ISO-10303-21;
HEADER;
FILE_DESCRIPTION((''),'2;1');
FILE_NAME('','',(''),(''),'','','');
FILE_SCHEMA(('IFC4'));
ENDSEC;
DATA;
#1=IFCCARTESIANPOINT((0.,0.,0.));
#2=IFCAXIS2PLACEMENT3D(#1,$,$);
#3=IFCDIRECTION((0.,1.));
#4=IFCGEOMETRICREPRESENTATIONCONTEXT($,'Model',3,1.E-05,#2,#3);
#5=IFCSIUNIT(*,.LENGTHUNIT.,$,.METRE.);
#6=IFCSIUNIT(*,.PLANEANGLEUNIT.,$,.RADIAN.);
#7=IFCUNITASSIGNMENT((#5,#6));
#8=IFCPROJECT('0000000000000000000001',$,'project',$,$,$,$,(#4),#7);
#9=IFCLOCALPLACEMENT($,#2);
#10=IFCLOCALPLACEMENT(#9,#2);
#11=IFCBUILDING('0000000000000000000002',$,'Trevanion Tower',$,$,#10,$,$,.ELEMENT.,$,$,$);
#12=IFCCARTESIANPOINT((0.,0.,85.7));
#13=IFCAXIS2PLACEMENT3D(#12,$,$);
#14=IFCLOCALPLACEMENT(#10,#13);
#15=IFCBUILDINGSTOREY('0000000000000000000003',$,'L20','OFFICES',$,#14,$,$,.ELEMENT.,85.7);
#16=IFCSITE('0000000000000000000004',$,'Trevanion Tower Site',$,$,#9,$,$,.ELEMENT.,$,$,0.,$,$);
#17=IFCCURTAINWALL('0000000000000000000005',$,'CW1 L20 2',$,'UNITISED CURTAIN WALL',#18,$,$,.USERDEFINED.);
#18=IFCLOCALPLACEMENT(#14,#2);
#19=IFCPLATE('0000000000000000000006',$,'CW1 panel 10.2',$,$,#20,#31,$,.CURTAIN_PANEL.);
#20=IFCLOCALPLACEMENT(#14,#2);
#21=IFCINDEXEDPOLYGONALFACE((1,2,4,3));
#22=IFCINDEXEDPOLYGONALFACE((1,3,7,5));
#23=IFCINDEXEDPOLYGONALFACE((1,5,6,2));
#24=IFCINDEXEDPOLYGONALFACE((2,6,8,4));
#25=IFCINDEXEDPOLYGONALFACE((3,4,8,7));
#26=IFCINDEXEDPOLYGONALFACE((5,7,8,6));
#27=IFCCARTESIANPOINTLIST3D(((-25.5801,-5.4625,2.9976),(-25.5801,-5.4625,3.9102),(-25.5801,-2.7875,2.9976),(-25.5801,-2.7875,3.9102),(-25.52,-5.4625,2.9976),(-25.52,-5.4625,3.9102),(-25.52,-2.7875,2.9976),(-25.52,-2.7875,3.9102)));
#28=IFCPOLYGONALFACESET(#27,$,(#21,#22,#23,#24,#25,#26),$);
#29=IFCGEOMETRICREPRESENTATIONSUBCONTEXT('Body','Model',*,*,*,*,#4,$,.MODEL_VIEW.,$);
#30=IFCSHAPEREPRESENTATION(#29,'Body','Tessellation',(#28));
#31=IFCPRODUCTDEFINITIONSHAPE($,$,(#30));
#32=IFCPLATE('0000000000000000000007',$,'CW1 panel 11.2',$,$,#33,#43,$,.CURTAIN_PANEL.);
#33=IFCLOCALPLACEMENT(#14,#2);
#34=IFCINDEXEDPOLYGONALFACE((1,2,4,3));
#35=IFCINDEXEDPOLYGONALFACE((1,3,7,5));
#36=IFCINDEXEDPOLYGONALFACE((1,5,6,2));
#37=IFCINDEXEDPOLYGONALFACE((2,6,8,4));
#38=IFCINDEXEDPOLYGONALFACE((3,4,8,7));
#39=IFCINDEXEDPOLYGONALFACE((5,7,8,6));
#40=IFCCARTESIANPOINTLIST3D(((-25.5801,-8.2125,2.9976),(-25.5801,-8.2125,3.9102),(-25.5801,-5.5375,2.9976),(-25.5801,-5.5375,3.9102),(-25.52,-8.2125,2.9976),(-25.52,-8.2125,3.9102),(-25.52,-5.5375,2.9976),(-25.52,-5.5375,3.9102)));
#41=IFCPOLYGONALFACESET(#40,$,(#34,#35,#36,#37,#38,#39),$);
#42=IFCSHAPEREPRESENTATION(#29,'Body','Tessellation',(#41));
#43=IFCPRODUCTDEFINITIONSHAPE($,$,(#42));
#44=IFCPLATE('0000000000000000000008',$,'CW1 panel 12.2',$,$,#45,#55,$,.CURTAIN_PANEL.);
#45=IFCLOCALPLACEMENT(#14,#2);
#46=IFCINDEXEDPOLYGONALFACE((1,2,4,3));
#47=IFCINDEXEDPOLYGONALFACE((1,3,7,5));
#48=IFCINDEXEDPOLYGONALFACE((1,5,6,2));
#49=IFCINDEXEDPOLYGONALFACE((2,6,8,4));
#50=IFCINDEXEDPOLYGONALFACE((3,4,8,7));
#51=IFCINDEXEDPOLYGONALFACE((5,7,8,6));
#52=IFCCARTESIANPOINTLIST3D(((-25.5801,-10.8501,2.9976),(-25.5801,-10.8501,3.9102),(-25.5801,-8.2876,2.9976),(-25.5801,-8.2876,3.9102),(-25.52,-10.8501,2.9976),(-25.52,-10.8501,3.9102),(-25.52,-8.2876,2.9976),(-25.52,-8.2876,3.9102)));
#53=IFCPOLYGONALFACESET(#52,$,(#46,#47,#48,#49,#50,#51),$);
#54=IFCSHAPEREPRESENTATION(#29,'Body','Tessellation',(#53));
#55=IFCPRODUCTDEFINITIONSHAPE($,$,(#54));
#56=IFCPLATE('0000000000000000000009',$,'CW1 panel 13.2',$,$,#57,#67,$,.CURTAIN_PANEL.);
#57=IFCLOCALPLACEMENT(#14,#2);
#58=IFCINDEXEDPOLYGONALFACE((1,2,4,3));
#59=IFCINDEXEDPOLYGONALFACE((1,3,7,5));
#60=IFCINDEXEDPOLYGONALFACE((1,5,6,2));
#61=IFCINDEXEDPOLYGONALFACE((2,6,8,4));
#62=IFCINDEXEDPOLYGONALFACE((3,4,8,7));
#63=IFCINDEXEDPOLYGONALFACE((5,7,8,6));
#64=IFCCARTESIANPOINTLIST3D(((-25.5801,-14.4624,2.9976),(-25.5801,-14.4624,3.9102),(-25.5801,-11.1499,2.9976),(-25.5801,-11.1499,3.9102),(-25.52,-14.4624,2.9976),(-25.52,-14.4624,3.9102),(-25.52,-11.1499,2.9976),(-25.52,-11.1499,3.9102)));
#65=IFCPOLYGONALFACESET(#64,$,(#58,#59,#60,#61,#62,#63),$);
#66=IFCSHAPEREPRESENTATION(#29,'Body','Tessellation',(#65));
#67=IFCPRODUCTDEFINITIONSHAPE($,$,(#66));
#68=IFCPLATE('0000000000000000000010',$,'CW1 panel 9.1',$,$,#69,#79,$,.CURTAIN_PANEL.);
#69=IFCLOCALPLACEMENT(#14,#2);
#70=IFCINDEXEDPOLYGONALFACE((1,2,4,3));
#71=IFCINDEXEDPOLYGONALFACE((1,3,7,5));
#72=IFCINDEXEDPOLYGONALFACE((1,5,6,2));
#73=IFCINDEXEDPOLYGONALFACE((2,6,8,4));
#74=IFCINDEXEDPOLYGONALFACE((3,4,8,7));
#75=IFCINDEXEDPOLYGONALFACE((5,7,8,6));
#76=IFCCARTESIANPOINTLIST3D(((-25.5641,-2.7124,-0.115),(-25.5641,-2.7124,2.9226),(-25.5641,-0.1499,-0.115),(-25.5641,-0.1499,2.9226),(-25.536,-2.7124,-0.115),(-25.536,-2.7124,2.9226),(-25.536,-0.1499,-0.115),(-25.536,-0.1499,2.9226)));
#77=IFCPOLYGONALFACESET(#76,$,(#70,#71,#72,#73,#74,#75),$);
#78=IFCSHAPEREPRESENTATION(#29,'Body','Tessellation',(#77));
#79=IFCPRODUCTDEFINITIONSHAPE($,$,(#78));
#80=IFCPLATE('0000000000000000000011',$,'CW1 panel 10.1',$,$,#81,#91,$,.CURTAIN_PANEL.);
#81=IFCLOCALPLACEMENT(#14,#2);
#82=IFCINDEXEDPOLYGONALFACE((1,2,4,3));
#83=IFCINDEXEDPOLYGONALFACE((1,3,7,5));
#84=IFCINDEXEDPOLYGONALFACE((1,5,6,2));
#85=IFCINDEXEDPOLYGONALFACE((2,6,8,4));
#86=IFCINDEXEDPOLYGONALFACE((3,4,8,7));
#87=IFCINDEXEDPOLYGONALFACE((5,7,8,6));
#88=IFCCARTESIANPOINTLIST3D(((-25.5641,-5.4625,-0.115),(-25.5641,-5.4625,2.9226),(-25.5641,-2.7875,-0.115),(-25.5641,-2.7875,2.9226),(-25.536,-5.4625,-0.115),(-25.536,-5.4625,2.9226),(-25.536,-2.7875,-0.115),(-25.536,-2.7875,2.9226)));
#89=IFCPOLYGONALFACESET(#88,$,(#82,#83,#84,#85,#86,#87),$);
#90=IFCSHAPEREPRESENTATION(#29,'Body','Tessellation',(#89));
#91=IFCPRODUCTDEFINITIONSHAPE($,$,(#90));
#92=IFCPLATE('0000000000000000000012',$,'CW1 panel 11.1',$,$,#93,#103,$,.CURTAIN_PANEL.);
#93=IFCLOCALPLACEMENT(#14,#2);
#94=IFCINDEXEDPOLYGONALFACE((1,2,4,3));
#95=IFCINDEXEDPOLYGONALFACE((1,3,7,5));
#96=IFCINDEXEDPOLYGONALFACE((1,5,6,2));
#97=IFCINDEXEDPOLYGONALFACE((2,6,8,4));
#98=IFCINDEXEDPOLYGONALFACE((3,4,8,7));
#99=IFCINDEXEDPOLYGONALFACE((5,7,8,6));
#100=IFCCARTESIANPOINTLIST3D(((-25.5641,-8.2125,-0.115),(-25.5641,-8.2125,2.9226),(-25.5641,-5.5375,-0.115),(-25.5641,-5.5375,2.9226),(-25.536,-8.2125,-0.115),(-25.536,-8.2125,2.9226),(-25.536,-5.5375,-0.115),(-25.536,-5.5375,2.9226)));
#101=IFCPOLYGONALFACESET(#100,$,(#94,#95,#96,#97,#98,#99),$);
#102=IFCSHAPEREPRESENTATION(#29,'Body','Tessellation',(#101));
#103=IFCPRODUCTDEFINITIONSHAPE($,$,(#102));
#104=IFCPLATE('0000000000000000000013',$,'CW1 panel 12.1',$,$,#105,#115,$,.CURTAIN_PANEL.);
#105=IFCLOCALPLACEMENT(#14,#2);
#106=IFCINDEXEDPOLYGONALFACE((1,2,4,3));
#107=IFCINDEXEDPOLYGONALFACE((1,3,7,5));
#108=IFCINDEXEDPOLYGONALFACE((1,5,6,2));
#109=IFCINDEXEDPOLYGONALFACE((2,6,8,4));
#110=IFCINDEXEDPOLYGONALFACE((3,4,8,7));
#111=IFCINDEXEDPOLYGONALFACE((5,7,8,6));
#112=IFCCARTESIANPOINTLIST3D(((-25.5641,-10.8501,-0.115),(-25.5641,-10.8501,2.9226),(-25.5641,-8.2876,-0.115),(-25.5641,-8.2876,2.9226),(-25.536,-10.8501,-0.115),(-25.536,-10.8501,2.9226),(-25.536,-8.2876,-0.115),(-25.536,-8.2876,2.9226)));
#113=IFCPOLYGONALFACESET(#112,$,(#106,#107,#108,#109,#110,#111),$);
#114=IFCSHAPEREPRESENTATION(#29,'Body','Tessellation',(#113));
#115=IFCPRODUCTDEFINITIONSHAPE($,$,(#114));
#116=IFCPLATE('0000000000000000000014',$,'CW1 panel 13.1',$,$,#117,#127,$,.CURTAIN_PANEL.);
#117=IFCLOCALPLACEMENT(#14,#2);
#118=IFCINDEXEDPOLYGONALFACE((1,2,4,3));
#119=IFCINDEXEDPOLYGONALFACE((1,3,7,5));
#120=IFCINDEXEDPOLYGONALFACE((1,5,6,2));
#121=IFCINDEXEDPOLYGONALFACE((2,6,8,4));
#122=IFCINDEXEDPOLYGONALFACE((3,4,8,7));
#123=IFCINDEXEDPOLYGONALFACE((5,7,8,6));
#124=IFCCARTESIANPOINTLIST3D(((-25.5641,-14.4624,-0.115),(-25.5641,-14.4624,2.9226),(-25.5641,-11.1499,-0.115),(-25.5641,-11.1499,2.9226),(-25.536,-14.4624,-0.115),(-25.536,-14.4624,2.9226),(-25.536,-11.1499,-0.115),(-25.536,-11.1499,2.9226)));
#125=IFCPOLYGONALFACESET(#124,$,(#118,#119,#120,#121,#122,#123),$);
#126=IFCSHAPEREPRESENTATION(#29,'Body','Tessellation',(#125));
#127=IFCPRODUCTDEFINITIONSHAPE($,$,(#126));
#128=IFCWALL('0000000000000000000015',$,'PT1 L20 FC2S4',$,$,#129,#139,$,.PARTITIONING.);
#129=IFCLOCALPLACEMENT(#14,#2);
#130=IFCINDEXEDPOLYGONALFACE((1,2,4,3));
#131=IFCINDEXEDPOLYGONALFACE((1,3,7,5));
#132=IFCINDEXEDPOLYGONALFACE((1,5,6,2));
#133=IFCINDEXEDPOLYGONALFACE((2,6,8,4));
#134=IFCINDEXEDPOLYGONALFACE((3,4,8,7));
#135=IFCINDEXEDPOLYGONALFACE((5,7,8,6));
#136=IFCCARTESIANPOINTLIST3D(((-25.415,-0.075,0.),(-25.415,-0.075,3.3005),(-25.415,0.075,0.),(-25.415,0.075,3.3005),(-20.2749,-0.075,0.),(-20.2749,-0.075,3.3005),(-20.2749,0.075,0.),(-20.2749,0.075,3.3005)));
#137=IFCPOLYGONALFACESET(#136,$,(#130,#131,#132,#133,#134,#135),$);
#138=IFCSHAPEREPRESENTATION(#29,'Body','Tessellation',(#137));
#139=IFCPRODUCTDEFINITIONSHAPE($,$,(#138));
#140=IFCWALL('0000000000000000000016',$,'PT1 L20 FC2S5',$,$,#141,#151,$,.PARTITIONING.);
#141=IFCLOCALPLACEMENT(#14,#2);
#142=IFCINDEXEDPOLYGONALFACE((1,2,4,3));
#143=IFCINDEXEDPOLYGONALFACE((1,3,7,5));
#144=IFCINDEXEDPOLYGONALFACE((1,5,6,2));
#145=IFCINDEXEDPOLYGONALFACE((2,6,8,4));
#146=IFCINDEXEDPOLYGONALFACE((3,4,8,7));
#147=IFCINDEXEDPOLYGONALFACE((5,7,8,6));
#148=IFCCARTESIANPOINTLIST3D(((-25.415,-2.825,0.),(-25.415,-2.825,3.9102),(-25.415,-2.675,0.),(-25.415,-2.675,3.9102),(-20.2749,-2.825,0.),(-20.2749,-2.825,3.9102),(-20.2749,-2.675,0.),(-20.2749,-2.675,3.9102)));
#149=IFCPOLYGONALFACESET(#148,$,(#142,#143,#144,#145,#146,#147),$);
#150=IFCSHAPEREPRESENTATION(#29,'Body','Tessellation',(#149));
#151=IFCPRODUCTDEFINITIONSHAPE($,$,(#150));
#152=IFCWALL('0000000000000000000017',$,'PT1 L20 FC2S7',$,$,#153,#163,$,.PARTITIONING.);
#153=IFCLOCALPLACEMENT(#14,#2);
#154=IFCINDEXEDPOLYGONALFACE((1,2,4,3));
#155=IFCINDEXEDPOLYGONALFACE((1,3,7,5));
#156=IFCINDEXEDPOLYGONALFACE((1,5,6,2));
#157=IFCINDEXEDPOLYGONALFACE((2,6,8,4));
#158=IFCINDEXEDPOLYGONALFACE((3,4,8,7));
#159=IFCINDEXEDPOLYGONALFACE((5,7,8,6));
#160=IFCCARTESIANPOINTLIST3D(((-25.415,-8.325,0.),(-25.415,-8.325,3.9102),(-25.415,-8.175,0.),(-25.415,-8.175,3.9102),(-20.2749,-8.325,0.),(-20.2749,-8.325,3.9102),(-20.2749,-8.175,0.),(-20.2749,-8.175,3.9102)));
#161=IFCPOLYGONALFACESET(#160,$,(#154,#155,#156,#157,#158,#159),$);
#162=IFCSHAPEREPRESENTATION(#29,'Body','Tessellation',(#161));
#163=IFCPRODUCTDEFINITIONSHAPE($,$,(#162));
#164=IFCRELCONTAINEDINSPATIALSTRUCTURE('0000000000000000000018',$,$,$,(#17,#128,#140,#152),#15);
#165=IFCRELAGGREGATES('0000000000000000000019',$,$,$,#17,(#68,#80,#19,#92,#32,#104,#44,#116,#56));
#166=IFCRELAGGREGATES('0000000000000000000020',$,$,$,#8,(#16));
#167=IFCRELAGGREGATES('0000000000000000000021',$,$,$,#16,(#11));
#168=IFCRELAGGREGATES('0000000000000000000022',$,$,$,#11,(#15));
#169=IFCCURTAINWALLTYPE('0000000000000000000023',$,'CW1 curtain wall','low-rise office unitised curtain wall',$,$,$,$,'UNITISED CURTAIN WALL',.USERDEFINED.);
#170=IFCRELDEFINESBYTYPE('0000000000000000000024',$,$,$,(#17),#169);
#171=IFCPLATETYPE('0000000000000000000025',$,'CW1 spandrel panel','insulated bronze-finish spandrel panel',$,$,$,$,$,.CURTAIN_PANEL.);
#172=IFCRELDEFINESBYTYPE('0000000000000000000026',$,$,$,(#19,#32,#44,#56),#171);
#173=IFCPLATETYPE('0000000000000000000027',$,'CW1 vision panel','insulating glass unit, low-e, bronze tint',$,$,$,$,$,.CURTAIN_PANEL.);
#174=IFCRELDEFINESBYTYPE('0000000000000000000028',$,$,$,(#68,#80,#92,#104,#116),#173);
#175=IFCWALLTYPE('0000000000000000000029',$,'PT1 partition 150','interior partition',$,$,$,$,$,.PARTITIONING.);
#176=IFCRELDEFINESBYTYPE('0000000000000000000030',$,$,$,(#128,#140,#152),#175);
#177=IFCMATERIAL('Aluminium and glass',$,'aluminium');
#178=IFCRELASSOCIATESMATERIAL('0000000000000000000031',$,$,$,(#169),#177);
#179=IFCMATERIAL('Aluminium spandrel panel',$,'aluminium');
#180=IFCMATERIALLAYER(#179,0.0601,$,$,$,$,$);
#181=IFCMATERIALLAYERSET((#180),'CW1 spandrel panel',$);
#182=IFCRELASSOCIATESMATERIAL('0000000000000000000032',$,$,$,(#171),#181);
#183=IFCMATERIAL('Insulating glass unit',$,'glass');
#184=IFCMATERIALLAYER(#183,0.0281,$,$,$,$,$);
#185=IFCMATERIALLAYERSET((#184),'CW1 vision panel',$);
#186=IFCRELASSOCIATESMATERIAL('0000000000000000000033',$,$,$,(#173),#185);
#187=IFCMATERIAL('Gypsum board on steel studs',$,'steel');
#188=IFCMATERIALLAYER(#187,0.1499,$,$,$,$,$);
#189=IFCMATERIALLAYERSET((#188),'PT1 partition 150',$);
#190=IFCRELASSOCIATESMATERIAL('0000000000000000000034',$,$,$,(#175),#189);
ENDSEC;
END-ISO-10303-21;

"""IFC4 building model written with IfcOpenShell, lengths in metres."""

from ifc_helpers import new_model, si_unit, direction, frame, frame_2d, origin, origin_2d, place, context, subcontext, project, spatial, rectangle, extrude, material, layer, layer_set, type_object, element, aggregate, save


model = new_model("IFC4")

# Units and contexts
model_context = context("Model", 3, precision=1e-05, world=origin(), true_north=direction((0.0, 1.0)))
body_context = subcontext(model_context, "Body", "Model", "MODEL_VIEW")
ifc_project = project(units=[si_unit("LENGTHUNIT", "METRE"), si_unit("PLANEANGLEUNIT", "RADIAN")], contexts=[model_context])

# Site, building, storey
site_placement = place(None, origin())
site = spatial("IfcSite", under=ifc_project, at=site_placement, Name="Trevanion Tower Site", CompositionType="ELEMENT", RefElevation=0.0)
building_placement = place(site_placement, origin())
building = spatial("IfcBuilding", under=site, at=building_placement, Name="Trevanion Tower", CompositionType="ELEMENT")
storey_placement = place(building_placement, frame((0.0, 0.0, 85.7)))
storey = spatial("IfcBuildingStorey", under=building, at=storey_placement, Name="L20", Description="OFFICES", CompositionType="ELEMENT", Elevation=85.7)

# Curtain wall
ifc_material_1 = material(Name="Aluminium and glass", Category="aluminium")
curtain_wall_type = type_object("IfcCurtainWallType", Name="CW1 curtain wall", Description="low-rise office unitised curtain wall", ElementType="UNITISED CURTAIN WALL", PredefinedType="USERDEFINED", material=ifc_material_1)
curtain_wall_placement = place(storey_placement, origin())
curtain_wall = element("IfcCurtainWall", 1, at=curtain_wall_placement, inside=storey, type_object=curtain_wall_type, Name="CW1 L20 2", ObjectType="UNITISED CURTAIN WALL", PredefinedType="USERDEFINED")

# Plates
ifc_material_2 = material(Name="Aluminium spandrel panel", Category="aluminium")
ifc_layer_1 = layer(ifc_material_2, 0.0601)
ifc_layer_set_1 = layer_set([ifc_layer_1], Name="CW1 spandrel panel")
plate_type_1 = type_object("IfcPlateType", Name="CW1 spandrel panel", Description="insulated bronze-finish spandrel panel", PredefinedType="CURTAIN_PANEL", material=ifc_layer_set_1)
plate_1_placement = place(storey_placement, frame((-25.55, -4.125, 2.9976), z_axis=(0.0, 0.0, 1.0), x_axis=(0.0, -1.0, 0.0)))
plate_1 = element("IfcPlate", 2, at=plate_1_placement, type_object=plate_type_1, Name="CW1 panel 10.2", PredefinedType="CURTAIN_PANEL", context=body_context, shape_type="SweptSolid", body=[
    extrude(rectangle(XDim=2.675, YDim=0.0601, at=origin_2d()), origin(), (0.0, 0.0, 1.0), 0.9126),
])
plate_2_placement = place(storey_placement, frame((-25.55, -6.875, 2.9976), z_axis=(0.0, 0.0, 1.0), x_axis=(0.0, -1.0, 0.0)))
plate_2 = element("IfcPlate", 3, at=plate_2_placement, type_object=plate_type_1, Name="CW1 panel 11.2", PredefinedType="CURTAIN_PANEL", context=body_context, shape_type="SweptSolid", body=[
    extrude(rectangle(XDim=2.675, YDim=0.0601, at=origin_2d()), origin(), (0.0, 0.0, 1.0), 0.9126),
])
plate_3_placement = place(storey_placement, frame((-25.55, -9.5688, 2.9976), z_axis=(0.0, 0.0, 1.0), x_axis=(0.0, -1.0, 0.0)))
plate_3 = element("IfcPlate", 4, at=plate_3_placement, type_object=plate_type_1, Name="CW1 panel 12.2", PredefinedType="CURTAIN_PANEL", context=body_context, shape_type="SweptSolid", body=[
    extrude(rectangle(XDim=2.5625, YDim=0.0601, at=origin_2d()), origin(), (0.0, 0.0, 1.0), 0.9126),
])
plate_4_placement = place(storey_placement, frame((-25.55, -12.8062, 2.9976), z_axis=(0.0, 0.0, 1.0), x_axis=(0.0, -1.0, 0.0)))
plate_4 = element("IfcPlate", 5, at=plate_4_placement, type_object=plate_type_1, Name="CW1 panel 13.2", PredefinedType="CURTAIN_PANEL", context=body_context, shape_type="SweptSolid", body=[
    extrude(rectangle(XDim=3.3125, YDim=0.0601, at=origin_2d()), origin(), (0.0, 0.0, 1.0), 0.9126),
])
ifc_material_3 = material(Name="Insulating glass unit", Category="glass")
ifc_layer_2 = layer(ifc_material_3, 0.0281)
ifc_layer_set_2 = layer_set([ifc_layer_2], Name="CW1 vision panel")
plate_type_2 = type_object("IfcPlateType", Name="CW1 vision panel", Description="insulating glass unit, low-e, bronze tint", PredefinedType="CURTAIN_PANEL", material=ifc_layer_set_2)
plate_5_placement = place(storey_placement, frame((-25.55, -1.4312, -0.115), z_axis=(0.0, 0.0, 1.0), x_axis=(0.0, -1.0, 0.0)))
plate_5 = element("IfcPlate", 6, at=plate_5_placement, type_object=plate_type_2, Name="CW1 panel 9.1", PredefinedType="CURTAIN_PANEL", context=body_context, shape_type="SweptSolid", body=[
    extrude(rectangle(XDim=2.5625, YDim=0.0281, at=origin_2d()), origin(), (0.0, 0.0, 1.0), 3.0376),
])
plate_6_placement = place(storey_placement, frame((-25.55, -4.125, -0.115), z_axis=(0.0, 0.0, 1.0), x_axis=(0.0, -1.0, 0.0)))
plate_6 = element("IfcPlate", 7, at=plate_6_placement, type_object=plate_type_2, Name="CW1 panel 10.1", PredefinedType="CURTAIN_PANEL", context=body_context, shape_type="SweptSolid", body=[
    extrude(rectangle(XDim=2.675, YDim=0.0281, at=origin_2d()), origin(), (0.0, 0.0, 1.0), 3.0376),
])
plate_7_placement = place(storey_placement, frame((-25.55, -6.875, -0.115), z_axis=(0.0, 0.0, 1.0), x_axis=(0.0, -1.0, 0.0)))
plate_7 = element("IfcPlate", 8, at=plate_7_placement, type_object=plate_type_2, Name="CW1 panel 11.1", PredefinedType="CURTAIN_PANEL", context=body_context, shape_type="SweptSolid", body=[
    extrude(rectangle(XDim=2.675, YDim=0.0281, at=origin_2d()), origin(), (0.0, 0.0, 1.0), 3.0376),
])
plate_8_placement = place(storey_placement, frame((-25.55, -9.5688, -0.115), z_axis=(0.0, 0.0, 1.0), x_axis=(0.0, -1.0, 0.0)))
plate_8 = element("IfcPlate", 9, at=plate_8_placement, type_object=plate_type_2, Name="CW1 panel 12.1", PredefinedType="CURTAIN_PANEL", context=body_context, shape_type="SweptSolid", body=[
    extrude(rectangle(XDim=2.5625, YDim=0.0281, at=origin_2d()), origin(), (0.0, 0.0, 1.0), 3.0376),
])
plate_9_placement = place(storey_placement, frame((-25.55, -12.8062, -0.115), z_axis=(0.0, 0.0, 1.0), x_axis=(0.0, -1.0, 0.0)))
plate_9 = element("IfcPlate", 10, at=plate_9_placement, type_object=plate_type_2, Name="CW1 panel 13.1", PredefinedType="CURTAIN_PANEL", context=body_context, shape_type="SweptSolid", body=[
    extrude(rectangle(XDim=3.3125, YDim=0.0281, at=origin_2d()), origin(), (0.0, 0.0, 1.0), 3.0376),
])
aggregate(curtain_wall, [plate_5, plate_6, plate_1, plate_7, plate_2, plate_8, plate_3, plate_9, plate_4])

# Walls
ifc_material_4 = material(Name="Gypsum board on steel studs", Category="steel")
ifc_layer_3 = layer(ifc_material_4, 0.1499)
ifc_layer_set_3 = layer_set([ifc_layer_3], Name="PT1 partition 150")
wall_type = type_object("IfcWallType", Name="PT1 partition 150", Description="interior partition", PredefinedType="PARTITIONING", material=ifc_layer_set_3)
wall_placement = place(storey_placement, frame((-20.2749, 0.0, 0.0), z_axis=(0.0, 0.0, 1.0), x_axis=(-1.0, 0.0, 0.0)))
element("IfcWall", 11, at=wall_placement, inside=storey, type_object=wall_type, Name="PT1 L20 FC2S4", PredefinedType="PARTITIONING", context=body_context, shape_type="SweptSolid", body=[
    extrude(rectangle(XDim=5.1401, YDim=0.1499, at=frame_2d((2.5701, 0.0))), origin(), (0.0, 0.0, 1.0), 3.3005),
])
for number, where, z_axis, x_axis, name in (
    (12, (-20.2749, -2.75, 0.0), (0.0, 0.0, 1.0), (-1.0, 0.0, 0.0), "PT1 L20 FC2S5"),
    (13, (-20.2749, -8.25, 0.0), (0.0, 0.0, 1.0), (-1.0, 0.0, 0.0), "PT1 L20 FC2S7"),
):
    element("IfcWall", number, at=place(storey_placement, frame(where, z_axis=z_axis, x_axis=x_axis)), inside=storey, type_object=wall_type, Name=name, PredefinedType="PARTITIONING", context=body_context, shape_type="SweptSolid", body=[
        extrude(rectangle(XDim=5.1401, YDim=0.1499, at=frame_2d((2.5701, 0.0))), origin(), (0.0, 0.0, 1.0), 3.9102),
    ])

save(model, "model.ifc")
